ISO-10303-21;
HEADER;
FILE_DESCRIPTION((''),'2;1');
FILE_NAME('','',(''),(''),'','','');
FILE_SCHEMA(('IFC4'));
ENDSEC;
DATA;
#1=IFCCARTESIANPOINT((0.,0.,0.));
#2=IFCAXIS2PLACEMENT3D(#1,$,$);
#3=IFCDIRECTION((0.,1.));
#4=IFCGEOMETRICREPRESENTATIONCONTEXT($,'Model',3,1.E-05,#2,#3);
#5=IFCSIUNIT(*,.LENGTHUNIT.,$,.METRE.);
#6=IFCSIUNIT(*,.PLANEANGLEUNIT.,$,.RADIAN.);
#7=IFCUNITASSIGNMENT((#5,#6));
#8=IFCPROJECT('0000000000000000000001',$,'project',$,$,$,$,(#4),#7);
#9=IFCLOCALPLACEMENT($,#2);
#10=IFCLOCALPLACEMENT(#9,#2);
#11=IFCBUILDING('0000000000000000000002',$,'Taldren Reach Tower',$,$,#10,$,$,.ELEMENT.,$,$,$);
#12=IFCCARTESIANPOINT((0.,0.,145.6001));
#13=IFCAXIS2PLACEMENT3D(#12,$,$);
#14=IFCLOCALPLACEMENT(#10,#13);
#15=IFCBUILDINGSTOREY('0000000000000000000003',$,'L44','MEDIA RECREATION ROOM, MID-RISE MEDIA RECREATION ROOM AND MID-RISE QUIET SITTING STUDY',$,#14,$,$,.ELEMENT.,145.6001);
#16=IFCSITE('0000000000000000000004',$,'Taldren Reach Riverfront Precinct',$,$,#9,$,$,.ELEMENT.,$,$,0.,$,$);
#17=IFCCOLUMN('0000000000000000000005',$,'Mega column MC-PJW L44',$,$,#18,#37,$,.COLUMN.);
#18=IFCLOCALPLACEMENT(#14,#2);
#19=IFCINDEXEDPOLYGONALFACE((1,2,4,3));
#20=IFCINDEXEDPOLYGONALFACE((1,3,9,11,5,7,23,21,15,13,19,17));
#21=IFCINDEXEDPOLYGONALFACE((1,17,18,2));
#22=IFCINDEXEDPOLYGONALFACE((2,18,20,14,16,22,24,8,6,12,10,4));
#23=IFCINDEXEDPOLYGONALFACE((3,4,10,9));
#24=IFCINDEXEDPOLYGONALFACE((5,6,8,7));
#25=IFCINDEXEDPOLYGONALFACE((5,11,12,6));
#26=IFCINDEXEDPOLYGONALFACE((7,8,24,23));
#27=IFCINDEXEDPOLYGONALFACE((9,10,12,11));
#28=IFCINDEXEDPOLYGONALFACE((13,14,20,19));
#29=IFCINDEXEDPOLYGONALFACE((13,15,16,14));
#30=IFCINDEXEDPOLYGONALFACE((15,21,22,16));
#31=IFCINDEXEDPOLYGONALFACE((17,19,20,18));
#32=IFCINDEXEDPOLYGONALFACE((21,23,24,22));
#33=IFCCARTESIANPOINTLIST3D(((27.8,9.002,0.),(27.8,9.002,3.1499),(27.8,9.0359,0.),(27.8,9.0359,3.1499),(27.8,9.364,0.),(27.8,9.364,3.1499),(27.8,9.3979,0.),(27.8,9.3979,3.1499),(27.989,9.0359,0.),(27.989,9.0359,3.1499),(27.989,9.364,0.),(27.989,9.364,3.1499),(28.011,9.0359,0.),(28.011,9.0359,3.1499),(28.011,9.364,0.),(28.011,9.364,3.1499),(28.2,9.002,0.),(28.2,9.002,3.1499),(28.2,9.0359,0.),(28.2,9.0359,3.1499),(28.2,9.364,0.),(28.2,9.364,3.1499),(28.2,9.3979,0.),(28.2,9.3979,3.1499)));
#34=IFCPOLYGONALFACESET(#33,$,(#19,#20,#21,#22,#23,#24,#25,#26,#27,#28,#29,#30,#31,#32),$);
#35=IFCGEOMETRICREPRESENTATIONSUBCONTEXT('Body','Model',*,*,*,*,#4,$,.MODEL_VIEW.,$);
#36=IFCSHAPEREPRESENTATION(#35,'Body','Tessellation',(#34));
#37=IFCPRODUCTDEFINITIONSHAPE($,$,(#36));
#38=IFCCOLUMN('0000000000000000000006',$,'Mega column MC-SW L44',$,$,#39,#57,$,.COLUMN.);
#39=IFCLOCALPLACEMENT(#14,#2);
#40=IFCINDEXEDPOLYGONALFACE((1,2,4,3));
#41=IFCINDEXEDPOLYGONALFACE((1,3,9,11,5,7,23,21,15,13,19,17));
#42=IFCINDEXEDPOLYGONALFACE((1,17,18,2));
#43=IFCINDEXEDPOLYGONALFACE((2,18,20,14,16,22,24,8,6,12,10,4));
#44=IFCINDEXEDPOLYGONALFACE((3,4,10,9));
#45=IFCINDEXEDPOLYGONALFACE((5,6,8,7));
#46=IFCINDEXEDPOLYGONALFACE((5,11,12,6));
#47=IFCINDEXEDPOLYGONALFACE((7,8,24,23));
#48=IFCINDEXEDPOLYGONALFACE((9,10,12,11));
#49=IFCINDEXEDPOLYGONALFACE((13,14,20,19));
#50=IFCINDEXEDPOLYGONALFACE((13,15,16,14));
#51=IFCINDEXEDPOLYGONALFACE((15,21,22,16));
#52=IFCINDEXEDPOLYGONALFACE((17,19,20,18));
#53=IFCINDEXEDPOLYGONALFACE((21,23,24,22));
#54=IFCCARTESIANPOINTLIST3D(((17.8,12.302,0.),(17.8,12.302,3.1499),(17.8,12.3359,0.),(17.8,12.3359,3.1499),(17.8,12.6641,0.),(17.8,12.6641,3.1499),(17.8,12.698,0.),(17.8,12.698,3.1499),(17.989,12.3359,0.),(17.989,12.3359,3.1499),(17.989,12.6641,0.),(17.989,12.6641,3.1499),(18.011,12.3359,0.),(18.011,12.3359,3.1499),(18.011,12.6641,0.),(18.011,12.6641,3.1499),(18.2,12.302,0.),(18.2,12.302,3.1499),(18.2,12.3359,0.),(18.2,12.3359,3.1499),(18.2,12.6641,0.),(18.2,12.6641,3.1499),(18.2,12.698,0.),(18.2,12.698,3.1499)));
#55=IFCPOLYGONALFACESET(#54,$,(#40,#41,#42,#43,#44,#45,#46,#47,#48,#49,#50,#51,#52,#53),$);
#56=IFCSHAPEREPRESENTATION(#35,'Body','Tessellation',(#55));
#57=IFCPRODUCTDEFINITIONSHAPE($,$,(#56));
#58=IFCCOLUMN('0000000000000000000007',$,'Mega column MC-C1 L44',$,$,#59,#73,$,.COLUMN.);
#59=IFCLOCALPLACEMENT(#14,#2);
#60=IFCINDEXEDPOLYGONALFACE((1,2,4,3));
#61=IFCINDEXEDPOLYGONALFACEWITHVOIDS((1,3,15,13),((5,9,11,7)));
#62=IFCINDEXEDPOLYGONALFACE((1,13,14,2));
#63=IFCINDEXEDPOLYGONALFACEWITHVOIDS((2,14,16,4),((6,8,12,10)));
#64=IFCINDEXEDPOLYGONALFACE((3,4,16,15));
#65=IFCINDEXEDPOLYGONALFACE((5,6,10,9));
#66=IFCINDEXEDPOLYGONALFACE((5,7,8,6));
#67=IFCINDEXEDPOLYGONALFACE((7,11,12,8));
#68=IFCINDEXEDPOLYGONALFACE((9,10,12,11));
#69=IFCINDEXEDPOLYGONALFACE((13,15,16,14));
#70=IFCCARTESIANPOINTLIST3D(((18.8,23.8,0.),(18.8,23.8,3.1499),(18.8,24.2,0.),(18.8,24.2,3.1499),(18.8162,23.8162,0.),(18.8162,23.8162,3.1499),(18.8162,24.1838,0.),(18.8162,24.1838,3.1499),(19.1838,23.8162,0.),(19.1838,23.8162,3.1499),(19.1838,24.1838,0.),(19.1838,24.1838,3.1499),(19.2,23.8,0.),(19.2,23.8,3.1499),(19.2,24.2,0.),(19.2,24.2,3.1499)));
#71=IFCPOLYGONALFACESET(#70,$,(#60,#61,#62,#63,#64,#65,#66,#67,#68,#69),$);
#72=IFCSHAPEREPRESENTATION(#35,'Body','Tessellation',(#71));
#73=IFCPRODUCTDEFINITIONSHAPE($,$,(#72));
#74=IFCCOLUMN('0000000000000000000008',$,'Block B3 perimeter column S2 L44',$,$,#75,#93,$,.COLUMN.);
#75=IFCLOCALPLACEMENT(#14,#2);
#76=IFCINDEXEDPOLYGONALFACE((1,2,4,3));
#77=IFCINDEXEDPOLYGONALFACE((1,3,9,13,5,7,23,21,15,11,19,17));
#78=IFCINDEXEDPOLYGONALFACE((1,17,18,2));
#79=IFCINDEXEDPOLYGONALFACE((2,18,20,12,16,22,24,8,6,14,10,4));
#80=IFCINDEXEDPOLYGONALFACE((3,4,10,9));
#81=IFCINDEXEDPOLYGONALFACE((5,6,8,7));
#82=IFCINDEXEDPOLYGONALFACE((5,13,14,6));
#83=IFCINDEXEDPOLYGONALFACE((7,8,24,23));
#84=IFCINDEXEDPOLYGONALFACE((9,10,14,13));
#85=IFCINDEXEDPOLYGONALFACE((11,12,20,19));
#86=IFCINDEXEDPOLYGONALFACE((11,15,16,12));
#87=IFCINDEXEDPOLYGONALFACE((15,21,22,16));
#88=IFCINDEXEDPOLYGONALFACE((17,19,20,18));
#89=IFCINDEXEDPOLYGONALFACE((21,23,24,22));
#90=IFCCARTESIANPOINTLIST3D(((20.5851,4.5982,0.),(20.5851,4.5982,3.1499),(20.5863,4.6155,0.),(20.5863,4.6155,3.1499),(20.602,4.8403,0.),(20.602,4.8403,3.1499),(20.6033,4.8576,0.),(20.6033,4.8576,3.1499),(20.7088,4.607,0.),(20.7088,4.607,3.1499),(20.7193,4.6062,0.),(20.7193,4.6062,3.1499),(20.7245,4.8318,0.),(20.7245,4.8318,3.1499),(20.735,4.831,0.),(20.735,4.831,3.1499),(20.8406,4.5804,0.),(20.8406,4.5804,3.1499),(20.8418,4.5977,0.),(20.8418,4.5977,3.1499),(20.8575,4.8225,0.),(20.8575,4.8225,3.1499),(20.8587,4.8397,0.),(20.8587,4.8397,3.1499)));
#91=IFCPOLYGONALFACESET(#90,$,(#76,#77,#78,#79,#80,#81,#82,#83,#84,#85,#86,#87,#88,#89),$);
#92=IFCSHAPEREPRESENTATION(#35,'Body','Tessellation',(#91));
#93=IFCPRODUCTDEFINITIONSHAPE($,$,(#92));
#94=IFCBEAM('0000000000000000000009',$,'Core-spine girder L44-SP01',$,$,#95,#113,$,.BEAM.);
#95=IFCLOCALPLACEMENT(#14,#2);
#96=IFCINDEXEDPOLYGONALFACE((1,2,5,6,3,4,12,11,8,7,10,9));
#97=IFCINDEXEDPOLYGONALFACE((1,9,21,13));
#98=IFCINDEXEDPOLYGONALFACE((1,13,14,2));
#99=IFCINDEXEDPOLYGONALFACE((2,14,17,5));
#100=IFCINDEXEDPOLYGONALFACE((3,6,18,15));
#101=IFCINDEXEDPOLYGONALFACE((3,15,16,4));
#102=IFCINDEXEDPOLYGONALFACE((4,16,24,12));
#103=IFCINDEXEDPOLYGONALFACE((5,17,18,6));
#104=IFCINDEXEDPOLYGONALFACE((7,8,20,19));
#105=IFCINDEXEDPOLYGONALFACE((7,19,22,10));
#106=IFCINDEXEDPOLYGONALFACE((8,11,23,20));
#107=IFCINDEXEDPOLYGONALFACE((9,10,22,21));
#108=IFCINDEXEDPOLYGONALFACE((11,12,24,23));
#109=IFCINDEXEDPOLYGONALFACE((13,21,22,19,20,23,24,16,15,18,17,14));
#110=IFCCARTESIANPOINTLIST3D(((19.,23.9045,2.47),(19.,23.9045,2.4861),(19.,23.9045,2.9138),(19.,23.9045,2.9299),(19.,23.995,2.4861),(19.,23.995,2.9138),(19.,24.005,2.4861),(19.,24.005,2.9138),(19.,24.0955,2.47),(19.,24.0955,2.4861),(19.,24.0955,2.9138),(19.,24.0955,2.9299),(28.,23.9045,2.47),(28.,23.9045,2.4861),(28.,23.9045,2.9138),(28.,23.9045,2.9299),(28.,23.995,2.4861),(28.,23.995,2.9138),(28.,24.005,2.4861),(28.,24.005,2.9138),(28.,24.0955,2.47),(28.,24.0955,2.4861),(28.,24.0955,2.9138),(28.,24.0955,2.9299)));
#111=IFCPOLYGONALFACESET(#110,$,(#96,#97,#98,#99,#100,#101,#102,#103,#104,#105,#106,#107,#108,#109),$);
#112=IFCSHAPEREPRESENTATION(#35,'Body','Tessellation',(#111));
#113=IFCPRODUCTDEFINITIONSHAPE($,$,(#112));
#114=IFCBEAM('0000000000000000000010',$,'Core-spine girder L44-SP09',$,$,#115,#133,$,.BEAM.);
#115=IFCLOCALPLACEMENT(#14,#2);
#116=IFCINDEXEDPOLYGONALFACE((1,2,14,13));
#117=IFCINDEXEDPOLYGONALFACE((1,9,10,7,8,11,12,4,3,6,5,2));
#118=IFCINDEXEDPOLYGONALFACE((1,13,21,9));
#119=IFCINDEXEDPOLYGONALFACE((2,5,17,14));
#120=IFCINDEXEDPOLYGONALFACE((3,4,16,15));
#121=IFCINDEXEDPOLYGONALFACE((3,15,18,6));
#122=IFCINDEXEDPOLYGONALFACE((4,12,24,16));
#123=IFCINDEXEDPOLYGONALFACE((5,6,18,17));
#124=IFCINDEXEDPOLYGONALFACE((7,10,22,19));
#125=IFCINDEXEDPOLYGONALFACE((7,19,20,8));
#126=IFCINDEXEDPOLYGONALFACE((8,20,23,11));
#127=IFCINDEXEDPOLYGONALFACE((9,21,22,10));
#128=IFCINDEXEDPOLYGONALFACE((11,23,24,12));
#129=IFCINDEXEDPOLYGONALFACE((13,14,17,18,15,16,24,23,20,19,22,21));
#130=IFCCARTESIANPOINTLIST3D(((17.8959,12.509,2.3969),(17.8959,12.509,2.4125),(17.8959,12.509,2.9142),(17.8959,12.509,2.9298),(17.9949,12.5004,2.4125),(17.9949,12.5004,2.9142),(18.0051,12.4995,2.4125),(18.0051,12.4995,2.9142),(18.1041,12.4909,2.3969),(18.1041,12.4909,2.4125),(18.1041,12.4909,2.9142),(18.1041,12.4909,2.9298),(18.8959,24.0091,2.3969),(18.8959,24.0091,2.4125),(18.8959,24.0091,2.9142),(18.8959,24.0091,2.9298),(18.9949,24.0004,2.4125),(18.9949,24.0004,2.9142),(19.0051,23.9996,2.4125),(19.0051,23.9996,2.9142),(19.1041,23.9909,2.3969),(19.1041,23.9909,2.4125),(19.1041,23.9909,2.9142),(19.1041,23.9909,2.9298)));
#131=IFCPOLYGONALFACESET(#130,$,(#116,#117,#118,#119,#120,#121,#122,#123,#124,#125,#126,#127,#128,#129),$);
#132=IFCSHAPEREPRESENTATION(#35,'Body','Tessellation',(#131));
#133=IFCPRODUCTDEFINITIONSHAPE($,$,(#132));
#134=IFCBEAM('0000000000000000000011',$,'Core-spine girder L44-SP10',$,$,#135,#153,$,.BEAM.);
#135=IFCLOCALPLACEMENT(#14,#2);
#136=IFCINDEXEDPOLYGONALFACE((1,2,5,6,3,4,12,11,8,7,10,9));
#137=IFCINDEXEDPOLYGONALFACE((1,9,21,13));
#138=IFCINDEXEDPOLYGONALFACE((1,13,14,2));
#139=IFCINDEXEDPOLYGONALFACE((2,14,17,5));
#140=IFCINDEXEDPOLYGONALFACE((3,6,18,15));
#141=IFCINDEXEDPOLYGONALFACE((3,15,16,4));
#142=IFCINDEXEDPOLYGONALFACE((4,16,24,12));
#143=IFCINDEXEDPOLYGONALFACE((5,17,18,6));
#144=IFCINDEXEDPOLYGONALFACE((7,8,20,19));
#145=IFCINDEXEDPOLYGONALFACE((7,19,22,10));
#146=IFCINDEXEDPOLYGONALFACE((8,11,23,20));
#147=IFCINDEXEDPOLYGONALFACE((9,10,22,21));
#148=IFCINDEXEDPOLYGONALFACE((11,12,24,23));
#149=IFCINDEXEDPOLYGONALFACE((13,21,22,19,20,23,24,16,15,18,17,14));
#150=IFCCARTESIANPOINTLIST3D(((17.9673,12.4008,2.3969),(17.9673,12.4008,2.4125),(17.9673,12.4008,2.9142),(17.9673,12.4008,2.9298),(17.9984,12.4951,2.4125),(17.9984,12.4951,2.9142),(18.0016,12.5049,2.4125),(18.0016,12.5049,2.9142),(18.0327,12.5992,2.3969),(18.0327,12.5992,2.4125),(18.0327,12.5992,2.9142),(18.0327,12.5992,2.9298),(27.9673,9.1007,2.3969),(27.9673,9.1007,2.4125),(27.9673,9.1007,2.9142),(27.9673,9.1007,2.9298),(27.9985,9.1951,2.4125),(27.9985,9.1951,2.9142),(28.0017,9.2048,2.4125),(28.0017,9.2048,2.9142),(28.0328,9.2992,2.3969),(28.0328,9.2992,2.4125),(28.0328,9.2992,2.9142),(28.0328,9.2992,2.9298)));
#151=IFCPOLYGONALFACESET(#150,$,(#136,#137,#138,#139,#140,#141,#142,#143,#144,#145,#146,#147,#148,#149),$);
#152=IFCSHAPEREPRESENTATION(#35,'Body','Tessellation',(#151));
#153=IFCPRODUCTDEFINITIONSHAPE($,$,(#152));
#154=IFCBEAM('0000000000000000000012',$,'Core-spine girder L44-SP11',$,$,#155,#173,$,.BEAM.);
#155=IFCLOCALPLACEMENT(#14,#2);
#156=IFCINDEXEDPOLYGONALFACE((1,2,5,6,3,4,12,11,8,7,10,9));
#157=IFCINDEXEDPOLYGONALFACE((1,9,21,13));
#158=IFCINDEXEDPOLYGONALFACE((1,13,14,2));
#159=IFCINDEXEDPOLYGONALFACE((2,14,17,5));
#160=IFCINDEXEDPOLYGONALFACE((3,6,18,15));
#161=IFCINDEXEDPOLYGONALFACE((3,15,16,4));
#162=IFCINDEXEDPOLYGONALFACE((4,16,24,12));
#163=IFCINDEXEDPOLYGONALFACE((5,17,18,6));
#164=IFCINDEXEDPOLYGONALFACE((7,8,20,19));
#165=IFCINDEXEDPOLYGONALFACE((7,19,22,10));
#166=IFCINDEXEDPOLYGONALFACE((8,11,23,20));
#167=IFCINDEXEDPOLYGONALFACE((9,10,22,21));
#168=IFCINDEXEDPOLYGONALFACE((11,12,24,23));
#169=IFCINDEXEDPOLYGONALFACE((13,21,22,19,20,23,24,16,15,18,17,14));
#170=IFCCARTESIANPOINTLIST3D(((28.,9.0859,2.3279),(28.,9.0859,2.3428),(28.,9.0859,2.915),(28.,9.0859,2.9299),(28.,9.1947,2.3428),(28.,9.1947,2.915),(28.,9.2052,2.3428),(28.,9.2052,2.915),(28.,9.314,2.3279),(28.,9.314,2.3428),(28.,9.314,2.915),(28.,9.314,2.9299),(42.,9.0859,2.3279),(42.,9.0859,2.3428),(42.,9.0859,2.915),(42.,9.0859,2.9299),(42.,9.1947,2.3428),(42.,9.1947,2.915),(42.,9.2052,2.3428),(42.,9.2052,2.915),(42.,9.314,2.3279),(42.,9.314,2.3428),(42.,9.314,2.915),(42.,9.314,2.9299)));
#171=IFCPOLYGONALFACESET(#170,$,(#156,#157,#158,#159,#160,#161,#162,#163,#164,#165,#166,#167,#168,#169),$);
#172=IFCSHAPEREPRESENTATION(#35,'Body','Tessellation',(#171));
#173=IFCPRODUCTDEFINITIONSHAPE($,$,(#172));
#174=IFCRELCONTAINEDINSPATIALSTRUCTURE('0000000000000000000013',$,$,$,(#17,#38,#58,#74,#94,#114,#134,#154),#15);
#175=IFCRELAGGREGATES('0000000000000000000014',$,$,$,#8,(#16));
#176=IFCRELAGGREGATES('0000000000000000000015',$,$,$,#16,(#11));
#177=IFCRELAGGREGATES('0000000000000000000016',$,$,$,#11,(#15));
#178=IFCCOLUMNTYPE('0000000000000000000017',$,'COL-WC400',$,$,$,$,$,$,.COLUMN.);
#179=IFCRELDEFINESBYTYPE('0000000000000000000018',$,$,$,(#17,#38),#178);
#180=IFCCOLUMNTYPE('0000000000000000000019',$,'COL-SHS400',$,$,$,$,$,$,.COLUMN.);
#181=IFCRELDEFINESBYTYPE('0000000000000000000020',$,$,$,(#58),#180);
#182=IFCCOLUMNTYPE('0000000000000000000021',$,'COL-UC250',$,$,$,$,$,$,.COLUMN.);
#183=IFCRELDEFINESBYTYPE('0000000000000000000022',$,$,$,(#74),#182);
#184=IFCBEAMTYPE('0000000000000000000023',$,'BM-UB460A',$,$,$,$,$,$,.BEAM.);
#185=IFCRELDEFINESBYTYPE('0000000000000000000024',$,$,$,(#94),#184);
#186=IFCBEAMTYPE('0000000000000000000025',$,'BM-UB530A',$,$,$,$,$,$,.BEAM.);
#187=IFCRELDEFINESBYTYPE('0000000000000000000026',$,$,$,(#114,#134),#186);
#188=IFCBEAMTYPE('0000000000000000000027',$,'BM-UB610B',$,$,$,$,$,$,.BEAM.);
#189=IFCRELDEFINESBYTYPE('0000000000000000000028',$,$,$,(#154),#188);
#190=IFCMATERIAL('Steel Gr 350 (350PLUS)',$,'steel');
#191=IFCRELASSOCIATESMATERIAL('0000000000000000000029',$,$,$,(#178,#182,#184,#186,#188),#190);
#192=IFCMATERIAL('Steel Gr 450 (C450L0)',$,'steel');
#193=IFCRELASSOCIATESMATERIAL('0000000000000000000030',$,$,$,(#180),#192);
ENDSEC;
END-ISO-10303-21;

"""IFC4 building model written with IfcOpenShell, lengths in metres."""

from ifc_helpers import new_model, si_unit, direction, frame, origin, origin_2d, place, context, subcontext, project, spatial, hollow_rectangle, i_section, extrude, source, transform, mapped, material, material_profile, profile_set, type_object, element, save


model = new_model("IFC4")

# Units and contexts
model_context = context("Model", 3, precision=1e-05, world=origin(), true_north=direction((0.0, 1.0)))
body_context = subcontext(model_context, "Body", "Model", "MODEL_VIEW")
ifc_project = project(units=[si_unit("LENGTHUNIT", "METRE"), si_unit("PLANEANGLEUNIT", "RADIAN")], contexts=[model_context])

# Site, building, storey
site_placement = place(None, origin())
site = spatial("IfcSite", under=ifc_project, at=site_placement, Name="Taldren Reach Riverfront Precinct", CompositionType="ELEMENT", RefElevation=0.0)
building_placement = place(site_placement, origin())
building = spatial("IfcBuilding", under=site, at=building_placement, Name="Taldren Reach Tower", CompositionType="ELEMENT")
storey_placement = place(building_placement, frame((0.0, 0.0, 145.6001)))
storey = spatial("IfcBuildingStorey", under=building, at=storey_placement, Name="L44", Description="MEDIA RECREATION ROOM, MID-RISE MEDIA RECREATION ROOM AND MID-RISE QUIET SITTING STUDY", CompositionType="ELEMENT", Elevation=145.6001)

# Columns
ifc_material_1 = material(Name="Steel Gr 350 (350PLUS)", Category="steel")
ifc_material_profile_1 = material_profile(ifc_material_1, i_section(OverallWidth=0.3999, OverallDepth=0.396, WebThickness=0.022, FlangeThickness=0.0339, at=origin_2d()), Name="400WC270")
ifc_profile_set_1 = profile_set([ifc_material_profile_1], Name="Steel Gr 350 (350PLUS)")
column_type_1 = type_object("IfcColumnType", Name="COL-WC400", PredefinedType="COLUMN", material=ifc_profile_set_1)
shared_shape_1 = source(origin(), body_context, "Body", "SweptSolid", [
    extrude(i_section(OverallWidth=0.3999, OverallDepth=0.396, WebThickness=0.022, FlangeThickness=0.0339, at=origin_2d()), origin(), (0.0, 0.0, 1.0), 3.1499),
])
for number, where, z_axis, x_axis, name in (
    (1, (28.0, 9.2, 0.0), (0.0, 0.0, 1.0), (1.0, 0.0, 0.0), "Mega column MC-PJW L44"),
    (2, (18.0, 12.5, 0.0), (0.0, 0.0, 1.0), (1.0, 0.0, 0.0), "Mega column MC-SW L44"),
):
    element("IfcColumn", number, at=place(storey_placement, frame(where, z_axis=z_axis, x_axis=x_axis)), inside=storey, type_object=column_type_1, Name=name, PredefinedType="COLUMN", context=body_context, shape_type="MappedRepresentation", body=[
        mapped(shared_shape_1, transform((0.0, 0.0, 0.0), scale=1.0)),
    ])
ifc_material_2 = material(Name="Steel Gr 450 (C450L0)", Category="steel")
ifc_material_profile_2 = material_profile(ifc_material_2, hollow_rectangle(XDim=0.3999, YDim=0.3999, WallThickness=0.0161, at=origin_2d()), Name="400x400x16.0SHS")
ifc_profile_set_2 = profile_set([ifc_material_profile_2], Name="Steel Gr 450 (C450L0)")
column_type_2 = type_object("IfcColumnType", Name="COL-SHS400", PredefinedType="COLUMN", material=ifc_profile_set_2)
shared_shape_2 = source(origin(), body_context, "Body", "SweptSolid", [
    extrude(hollow_rectangle(XDim=0.3999, YDim=0.3999, WallThickness=0.0161, at=origin_2d()), origin(), (0.0, 0.0, 1.0), 3.1499),
])
column_1_placement = place(storey_placement, frame((19.0, 24.0, 0.0), z_axis=(0.0, 0.0, 1.0), x_axis=(1.0, 0.0, 0.0)))
element("IfcColumn", 3, at=column_1_placement, inside=storey, type_object=column_type_2, Name="Mega column MC-C1 L44", PredefinedType="COLUMN", context=body_context, shape_type="MappedRepresentation", body=[
    mapped(shared_shape_2, transform((0.0, 0.0, 0.0), scale=1.0)),
])
ifc_material_profile_3 = material_profile(ifc_material_1, i_section(OverallWidth=0.2561, OverallDepth=0.26, WebThickness=0.0105, FlangeThickness=0.0173, at=origin_2d()), Name="250UC89.5")
ifc_profile_set_3 = profile_set([ifc_material_profile_3], Name="Steel Gr 350 (350PLUS)")
column_type_3 = type_object("IfcColumnType", Name="COL-UC250", PredefinedType="COLUMN", material=ifc_profile_set_3)
shared_shape_3 = source(origin(), body_context, "Body", "SweptSolid", [
    extrude(i_section(OverallWidth=0.2561, OverallDepth=0.26, WebThickness=0.0105, FlangeThickness=0.0173, at=origin_2d()), origin(), (0.0, 0.0, 1.0), 3.1499),
])
column_2_placement = place(storey_placement, frame((20.7219, 4.719, 0.0), z_axis=(0.0, 0.0, 1.0), x_axis=(0.997564, -0.069756, 0.0)))
element("IfcColumn", 4, at=column_2_placement, inside=storey, type_object=column_type_3, Name="Block B3 perimeter column S2 L44", PredefinedType="COLUMN", context=body_context, shape_type="MappedRepresentation", body=[
    mapped(shared_shape_3, transform((0.0, 0.0, 0.0), scale=1.0)),
])

# Beams
ifc_material_profile_4 = material_profile(ifc_material_1, i_section(OverallWidth=0.1909, OverallDepth=0.46, WebThickness=0.01, FlangeThickness=0.0161, at=origin_2d()), Name="460UB82.1")
ifc_profile_set_4 = profile_set([ifc_material_profile_4], Name="Steel Gr 350 (350PLUS)")
beam_type_1 = type_object("IfcBeamType", Name="BM-UB460A", PredefinedType="BEAM", material=ifc_profile_set_4)
shared_shape_4 = source(origin(), body_context, "Body", "SweptSolid", [
    extrude(i_section(OverallWidth=0.1909, OverallDepth=0.46, WebThickness=0.01, FlangeThickness=0.0161, at=origin_2d()), origin(), (0.0, 0.0, 1.0), 9.0),
])
beam_1_placement = place(storey_placement, frame((19.0, 24.0, 2.7), z_axis=(1.0, 0.0, 0.0), x_axis=(0.0, 1.0, 0.0)))
element("IfcBeam", 5, at=beam_1_placement, inside=storey, type_object=beam_type_1, Name="Core-spine girder L44-SP01", PredefinedType="BEAM", context=body_context, shape_type="MappedRepresentation", body=[
    mapped(shared_shape_4, transform((0.0, 0.0, 0.0), scale=1.0)),
])
ifc_material_profile_5 = material_profile(ifc_material_1, i_section(OverallWidth=0.209, OverallDepth=0.533, WebThickness=0.0103, FlangeThickness=0.0156, at=origin_2d()), Name="530UB92.4")
ifc_profile_set_5 = profile_set([ifc_material_profile_5], Name="Steel Gr 350 (350PLUS)")
beam_type_2 = type_object("IfcBeamType", Name="BM-UB530A", PredefinedType="BEAM", material=ifc_profile_set_5)
shared_shape_5 = source(origin(), body_context, "Body", "SweptSolid", [
    extrude(i_section(OverallWidth=0.209, OverallDepth=0.533, WebThickness=0.0103, FlangeThickness=0.0156, at=origin_2d()), origin(), (0.0, 0.0, 1.0), 11.5435),
])
beam_2_placement = place(storey_placement, frame((19.0, 24.0, 2.6633), z_axis=(-0.08663, -0.996241, 0.0), x_axis=(0.996241, -0.08663, 0.0)))
element("IfcBeam", 6, at=beam_2_placement, inside=storey, type_object=beam_type_2, Name="Core-spine girder L44-SP09", PredefinedType="BEAM", context=body_context, shape_type="MappedRepresentation", body=[
    mapped(shared_shape_5, transform((0.0, 0.0, 0.0), scale=1.0)),
])
shared_shape_6 = source(origin(), body_context, "Body", "SweptSolid", [
    extrude(i_section(OverallWidth=0.209, OverallDepth=0.533, WebThickness=0.0103, FlangeThickness=0.0156, at=origin_2d()), origin(), (0.0, 0.0, 1.0), 10.5305),
])
beam_3_placement = place(storey_placement, frame((18.0, 12.5, 2.6633), z_axis=(0.949627, -0.313382, 0.0), x_axis=(0.313382, 0.949627, 0.0)))
element("IfcBeam", 7, at=beam_3_placement, inside=storey, type_object=beam_type_2, Name="Core-spine girder L44-SP10", PredefinedType="BEAM", context=body_context, shape_type="MappedRepresentation", body=[
    mapped(shared_shape_6, transform((0.0, 0.0, 0.0), scale=1.0)),
])
ifc_material_profile_6 = material_profile(ifc_material_1, i_section(OverallWidth=0.228, OverallDepth=0.6021, WebThickness=0.0105, FlangeThickness=0.0149, at=origin_2d()), Name="610UB101")
ifc_profile_set_6 = profile_set([ifc_material_profile_6], Name="Steel Gr 350 (350PLUS)")
beam_type_3 = type_object("IfcBeamType", Name="BM-UB610B", PredefinedType="BEAM", material=ifc_profile_set_6)
shared_shape_7 = source(origin(), body_context, "Body", "SweptSolid", [
    extrude(i_section(OverallWidth=0.228, OverallDepth=0.6021, WebThickness=0.0105, FlangeThickness=0.0149, at=origin_2d()), origin(), (0.0, 0.0, 1.0), 14.0),
])
beam_4_placement = place(storey_placement, frame((28.0, 9.2, 2.6289), z_axis=(1.0, 0.0, 0.0), x_axis=(0.0, 1.0, 0.0)))
element("IfcBeam", 8, at=beam_4_placement, inside=storey, type_object=beam_type_3, Name="Core-spine girder L44-SP11", PredefinedType="BEAM", context=body_context, shape_type="MappedRepresentation", body=[
    mapped(shared_shape_7, transform((0.0, 0.0, 0.0), scale=1.0)),
])

save(model, "model.ifc")
